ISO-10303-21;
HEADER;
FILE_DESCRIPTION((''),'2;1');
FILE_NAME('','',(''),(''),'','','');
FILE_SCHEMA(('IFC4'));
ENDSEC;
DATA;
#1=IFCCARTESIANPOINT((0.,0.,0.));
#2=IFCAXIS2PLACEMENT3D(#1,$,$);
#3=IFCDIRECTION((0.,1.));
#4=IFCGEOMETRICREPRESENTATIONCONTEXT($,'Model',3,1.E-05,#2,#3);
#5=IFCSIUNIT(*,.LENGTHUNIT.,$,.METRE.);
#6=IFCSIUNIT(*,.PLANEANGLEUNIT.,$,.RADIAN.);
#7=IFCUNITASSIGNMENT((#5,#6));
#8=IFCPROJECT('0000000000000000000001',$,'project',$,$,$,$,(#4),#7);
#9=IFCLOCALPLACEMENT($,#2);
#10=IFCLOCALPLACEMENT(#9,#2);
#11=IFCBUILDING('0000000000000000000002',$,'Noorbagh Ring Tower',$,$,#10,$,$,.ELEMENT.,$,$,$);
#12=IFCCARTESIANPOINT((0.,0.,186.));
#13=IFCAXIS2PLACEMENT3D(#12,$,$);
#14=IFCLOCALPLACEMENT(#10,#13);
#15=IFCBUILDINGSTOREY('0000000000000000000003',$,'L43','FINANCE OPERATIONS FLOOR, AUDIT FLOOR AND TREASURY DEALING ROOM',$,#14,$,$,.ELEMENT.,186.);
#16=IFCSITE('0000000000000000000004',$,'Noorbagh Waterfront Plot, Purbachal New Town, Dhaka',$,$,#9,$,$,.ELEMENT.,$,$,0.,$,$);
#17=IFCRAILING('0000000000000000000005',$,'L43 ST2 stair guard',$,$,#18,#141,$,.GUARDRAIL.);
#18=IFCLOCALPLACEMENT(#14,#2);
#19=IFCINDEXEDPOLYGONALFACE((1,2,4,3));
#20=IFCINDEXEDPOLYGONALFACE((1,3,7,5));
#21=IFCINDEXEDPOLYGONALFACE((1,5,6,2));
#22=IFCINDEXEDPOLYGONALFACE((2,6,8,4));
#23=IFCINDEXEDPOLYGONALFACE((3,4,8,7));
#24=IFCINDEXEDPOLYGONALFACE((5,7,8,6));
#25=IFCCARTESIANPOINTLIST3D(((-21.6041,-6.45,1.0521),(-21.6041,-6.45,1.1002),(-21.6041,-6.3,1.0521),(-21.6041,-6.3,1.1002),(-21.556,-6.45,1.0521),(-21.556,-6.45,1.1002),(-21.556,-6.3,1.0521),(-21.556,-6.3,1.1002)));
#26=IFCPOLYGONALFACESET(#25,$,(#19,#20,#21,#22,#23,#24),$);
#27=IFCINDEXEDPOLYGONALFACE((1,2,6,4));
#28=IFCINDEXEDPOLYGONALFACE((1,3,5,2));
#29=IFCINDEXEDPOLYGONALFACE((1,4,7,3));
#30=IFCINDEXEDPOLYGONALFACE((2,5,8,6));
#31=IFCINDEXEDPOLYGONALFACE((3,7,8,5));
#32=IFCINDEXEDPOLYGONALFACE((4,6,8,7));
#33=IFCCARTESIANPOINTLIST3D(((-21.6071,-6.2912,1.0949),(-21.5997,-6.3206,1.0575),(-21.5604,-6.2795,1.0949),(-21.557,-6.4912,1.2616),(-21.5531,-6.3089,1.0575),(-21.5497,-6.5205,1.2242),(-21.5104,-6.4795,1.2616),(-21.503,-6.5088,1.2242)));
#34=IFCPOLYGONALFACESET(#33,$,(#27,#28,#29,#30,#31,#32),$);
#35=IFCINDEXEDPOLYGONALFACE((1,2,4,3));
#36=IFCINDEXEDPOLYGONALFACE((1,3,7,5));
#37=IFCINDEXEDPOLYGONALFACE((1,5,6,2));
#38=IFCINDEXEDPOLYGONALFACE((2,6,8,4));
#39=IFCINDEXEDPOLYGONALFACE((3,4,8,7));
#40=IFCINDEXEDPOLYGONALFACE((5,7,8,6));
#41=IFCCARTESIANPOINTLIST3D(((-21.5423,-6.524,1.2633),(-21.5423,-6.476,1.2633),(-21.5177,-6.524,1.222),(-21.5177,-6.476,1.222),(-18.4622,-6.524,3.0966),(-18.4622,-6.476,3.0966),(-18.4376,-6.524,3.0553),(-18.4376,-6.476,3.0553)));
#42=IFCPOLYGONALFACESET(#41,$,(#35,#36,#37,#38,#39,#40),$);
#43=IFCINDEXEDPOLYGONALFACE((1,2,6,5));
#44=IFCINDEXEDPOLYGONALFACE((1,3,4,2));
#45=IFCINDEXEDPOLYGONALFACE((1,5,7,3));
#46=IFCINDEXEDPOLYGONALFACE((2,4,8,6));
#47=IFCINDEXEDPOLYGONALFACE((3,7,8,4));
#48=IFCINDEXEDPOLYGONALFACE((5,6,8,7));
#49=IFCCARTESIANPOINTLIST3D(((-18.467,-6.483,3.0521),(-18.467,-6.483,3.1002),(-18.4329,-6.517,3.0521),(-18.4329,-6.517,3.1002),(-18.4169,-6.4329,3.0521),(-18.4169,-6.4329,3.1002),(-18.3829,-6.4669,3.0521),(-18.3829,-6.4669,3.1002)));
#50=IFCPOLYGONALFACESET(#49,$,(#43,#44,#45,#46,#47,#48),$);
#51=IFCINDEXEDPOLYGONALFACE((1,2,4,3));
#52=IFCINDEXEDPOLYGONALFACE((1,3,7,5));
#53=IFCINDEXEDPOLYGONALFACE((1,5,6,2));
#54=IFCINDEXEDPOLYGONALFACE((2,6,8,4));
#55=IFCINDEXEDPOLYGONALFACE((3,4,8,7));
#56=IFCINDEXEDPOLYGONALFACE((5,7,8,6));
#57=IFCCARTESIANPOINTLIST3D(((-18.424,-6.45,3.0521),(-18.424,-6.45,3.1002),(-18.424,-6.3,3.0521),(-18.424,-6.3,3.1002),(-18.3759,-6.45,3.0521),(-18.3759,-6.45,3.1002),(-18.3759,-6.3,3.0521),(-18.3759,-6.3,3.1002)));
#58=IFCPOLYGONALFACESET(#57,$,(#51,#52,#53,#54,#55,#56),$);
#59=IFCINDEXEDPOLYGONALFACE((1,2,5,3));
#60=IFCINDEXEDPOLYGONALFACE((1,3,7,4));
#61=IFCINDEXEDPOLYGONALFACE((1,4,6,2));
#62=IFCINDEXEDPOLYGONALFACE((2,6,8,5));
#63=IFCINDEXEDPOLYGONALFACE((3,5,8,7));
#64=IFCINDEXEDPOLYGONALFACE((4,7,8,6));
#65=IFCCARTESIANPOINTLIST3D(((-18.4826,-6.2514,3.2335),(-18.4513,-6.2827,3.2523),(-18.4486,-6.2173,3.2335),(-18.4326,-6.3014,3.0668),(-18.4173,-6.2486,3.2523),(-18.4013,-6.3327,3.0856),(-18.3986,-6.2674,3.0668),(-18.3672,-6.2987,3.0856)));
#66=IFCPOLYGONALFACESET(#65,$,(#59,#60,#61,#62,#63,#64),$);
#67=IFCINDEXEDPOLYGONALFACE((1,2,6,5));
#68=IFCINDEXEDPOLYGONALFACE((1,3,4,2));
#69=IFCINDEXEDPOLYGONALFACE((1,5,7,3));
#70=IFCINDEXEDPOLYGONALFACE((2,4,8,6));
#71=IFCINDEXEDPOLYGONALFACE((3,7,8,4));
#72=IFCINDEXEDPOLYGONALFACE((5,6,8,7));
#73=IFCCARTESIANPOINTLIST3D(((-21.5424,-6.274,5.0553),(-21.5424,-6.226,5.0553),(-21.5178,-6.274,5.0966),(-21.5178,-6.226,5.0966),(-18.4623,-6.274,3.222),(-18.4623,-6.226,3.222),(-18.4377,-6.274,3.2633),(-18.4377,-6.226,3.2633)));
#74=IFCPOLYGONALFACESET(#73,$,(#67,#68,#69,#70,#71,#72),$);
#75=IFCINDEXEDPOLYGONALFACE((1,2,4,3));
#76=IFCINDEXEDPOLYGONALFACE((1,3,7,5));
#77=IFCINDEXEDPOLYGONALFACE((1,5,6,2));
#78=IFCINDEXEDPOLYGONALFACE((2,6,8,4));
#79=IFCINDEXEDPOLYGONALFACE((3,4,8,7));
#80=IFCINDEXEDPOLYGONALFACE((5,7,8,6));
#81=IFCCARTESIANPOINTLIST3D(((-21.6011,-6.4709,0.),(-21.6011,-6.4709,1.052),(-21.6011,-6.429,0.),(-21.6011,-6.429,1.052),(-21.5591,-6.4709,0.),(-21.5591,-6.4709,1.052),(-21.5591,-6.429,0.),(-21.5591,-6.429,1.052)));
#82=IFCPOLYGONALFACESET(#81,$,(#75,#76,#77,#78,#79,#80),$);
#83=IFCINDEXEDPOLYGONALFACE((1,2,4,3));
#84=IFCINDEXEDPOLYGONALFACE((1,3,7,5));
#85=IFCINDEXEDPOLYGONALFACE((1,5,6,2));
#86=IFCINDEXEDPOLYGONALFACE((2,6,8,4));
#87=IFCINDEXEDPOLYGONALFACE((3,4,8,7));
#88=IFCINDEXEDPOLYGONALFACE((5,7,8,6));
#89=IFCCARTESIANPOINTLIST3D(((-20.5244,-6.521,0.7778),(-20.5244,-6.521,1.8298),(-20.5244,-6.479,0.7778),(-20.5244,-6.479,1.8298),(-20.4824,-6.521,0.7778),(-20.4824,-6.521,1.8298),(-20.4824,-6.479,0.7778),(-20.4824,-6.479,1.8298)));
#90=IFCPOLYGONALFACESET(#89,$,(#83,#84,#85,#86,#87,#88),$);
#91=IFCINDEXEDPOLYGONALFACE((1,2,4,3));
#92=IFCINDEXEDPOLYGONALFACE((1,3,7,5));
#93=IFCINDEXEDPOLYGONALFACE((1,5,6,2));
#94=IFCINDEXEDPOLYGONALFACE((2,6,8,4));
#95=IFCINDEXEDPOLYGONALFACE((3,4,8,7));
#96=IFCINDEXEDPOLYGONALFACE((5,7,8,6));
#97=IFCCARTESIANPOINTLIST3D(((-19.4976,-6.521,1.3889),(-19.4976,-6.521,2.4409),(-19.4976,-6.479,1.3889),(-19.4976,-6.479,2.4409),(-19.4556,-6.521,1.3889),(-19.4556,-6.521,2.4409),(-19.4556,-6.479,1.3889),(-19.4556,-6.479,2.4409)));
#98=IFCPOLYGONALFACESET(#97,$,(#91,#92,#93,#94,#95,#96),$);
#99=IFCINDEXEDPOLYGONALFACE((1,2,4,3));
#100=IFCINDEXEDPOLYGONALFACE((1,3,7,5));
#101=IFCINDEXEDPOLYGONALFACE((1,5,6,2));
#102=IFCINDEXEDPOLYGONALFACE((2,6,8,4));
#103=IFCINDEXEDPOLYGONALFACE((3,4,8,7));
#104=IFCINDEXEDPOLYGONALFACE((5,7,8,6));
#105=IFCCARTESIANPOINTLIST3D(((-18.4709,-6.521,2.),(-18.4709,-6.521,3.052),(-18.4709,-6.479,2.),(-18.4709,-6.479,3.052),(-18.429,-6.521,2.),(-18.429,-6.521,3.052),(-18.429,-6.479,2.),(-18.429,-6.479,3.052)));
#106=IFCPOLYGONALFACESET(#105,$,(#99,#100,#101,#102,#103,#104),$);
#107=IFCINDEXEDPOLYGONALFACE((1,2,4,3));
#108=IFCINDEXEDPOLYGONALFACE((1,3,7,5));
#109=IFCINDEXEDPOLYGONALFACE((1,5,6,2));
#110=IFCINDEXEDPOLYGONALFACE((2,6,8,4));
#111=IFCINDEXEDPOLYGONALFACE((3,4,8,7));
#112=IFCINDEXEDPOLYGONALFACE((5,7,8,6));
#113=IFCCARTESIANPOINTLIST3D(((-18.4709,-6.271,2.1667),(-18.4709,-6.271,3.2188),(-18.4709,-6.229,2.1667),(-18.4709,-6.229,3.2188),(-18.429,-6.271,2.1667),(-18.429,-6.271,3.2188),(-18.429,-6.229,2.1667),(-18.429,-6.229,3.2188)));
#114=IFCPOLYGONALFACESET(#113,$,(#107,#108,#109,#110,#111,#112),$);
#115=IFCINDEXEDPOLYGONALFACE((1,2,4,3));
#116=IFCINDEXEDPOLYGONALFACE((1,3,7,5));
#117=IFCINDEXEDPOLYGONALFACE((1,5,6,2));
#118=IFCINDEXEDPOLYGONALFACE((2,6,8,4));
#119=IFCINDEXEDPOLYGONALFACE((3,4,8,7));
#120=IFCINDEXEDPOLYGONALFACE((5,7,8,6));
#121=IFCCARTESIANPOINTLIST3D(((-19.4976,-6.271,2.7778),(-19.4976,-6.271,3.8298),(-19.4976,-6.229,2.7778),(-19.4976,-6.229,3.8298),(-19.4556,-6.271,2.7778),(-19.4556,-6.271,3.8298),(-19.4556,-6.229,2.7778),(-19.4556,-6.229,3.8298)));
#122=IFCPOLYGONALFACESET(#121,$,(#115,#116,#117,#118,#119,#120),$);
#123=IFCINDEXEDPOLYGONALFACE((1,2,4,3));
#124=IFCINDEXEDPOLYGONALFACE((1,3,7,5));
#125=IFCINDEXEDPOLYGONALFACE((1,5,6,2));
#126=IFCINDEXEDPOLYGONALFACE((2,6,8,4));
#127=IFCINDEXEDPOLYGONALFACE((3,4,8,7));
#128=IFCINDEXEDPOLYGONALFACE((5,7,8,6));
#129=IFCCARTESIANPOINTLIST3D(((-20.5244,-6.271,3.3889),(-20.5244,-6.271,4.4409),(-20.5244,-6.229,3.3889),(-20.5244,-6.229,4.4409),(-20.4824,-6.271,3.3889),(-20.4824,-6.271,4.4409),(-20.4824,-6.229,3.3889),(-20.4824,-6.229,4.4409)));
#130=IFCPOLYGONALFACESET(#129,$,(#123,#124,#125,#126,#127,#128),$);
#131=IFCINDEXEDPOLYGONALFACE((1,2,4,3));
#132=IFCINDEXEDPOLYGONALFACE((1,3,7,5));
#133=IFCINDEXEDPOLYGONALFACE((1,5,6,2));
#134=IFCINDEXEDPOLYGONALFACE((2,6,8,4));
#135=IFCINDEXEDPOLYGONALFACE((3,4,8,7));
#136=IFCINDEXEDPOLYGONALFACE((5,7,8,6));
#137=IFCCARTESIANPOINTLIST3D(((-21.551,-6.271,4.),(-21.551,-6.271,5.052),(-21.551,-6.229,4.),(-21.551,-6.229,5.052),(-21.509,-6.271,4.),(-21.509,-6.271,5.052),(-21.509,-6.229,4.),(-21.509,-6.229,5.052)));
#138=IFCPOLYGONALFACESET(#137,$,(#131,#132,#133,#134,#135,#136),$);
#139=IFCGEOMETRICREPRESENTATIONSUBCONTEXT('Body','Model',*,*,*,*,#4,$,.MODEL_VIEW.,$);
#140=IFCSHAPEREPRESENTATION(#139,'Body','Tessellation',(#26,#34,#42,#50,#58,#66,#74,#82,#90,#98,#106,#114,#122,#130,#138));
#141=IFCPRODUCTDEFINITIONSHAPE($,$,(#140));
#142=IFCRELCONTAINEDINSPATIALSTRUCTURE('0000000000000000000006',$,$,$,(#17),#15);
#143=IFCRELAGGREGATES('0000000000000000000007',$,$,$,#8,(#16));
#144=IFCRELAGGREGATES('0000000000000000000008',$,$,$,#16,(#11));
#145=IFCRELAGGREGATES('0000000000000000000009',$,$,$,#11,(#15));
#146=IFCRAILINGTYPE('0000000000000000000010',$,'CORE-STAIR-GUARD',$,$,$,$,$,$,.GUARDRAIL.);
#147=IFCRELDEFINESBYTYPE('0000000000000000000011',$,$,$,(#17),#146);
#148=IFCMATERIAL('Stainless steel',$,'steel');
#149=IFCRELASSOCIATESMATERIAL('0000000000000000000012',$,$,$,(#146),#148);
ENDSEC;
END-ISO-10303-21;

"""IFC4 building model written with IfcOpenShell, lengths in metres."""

from ifc_helpers import new_model, si_unit, direction, frame, origin, origin_2d, place, context, subcontext, project, spatial, rectangle, extrude, material, type_object, element, save


model = new_model("IFC4")

# Units and contexts
model_context = context("Model", 3, precision=1e-05, world=origin(), true_north=direction((0.0, 1.0)))
body_context = subcontext(model_context, "Body", "Model", "MODEL_VIEW")
ifc_project = project(units=[si_unit("LENGTHUNIT", "METRE"), si_unit("PLANEANGLEUNIT", "RADIAN")], contexts=[model_context])

# Site, building, storey
site_placement = place(None, origin())
site = spatial("IfcSite", under=ifc_project, at=site_placement, Name="Noorbagh Waterfront Plot, Purbachal New Town, Dhaka", CompositionType="ELEMENT", RefElevation=0.0)
building_placement = place(site_placement, origin())
building = spatial("IfcBuilding", under=site, at=building_placement, Name="Noorbagh Ring Tower", CompositionType="ELEMENT")
storey_placement = place(building_placement, frame((0.0, 0.0, 186.0)))
storey = spatial("IfcBuildingStorey", under=building, at=storey_placement, Name="L43", Description="FINANCE OPERATIONS FLOOR, AUDIT FLOOR AND TREASURY DEALING ROOM", CompositionType="ELEMENT", Elevation=186.0)

# Railing
ifc_material_1 = material(Name="Stainless steel", Category="steel")
railing_type_1 = type_object("IfcRailingType", Name="CORE-STAIR-GUARD", PredefinedType="GUARDRAIL", material=ifc_material_1)
railing_1_placement = place(storey_placement, frame((-21.5801, -6.45, 0.0)))
element("IfcRailing", 1, at=railing_1_placement, inside=storey, type_object=railing_type_1, Name="L43 ST2 stair guard", PredefinedType="GUARDRAIL", context=body_context, shape_type="SweptSolid", body=[
    extrude(rectangle(XDim=0.0481, YDim=0.0481, at=origin_2d()), frame((0.0, 0.0, 1.0762), z_axis=(0.0, 1.0, 0.0), x_axis=(-1.0, 0.0, 0.0)), (0.0, 0.0, 1.0), 0.1499),
    extrude(rectangle(XDim=0.0481, YDim=0.0481, at=origin_2d()), frame((0.0, 0.1499, 1.0762), z_axis=(0.188776, -0.754182, 0.628946), x_axis=(0.970073, 0.242814, 0.0)), (0.0, 0.0, 1.0), 0.2651),
    extrude(rectangle(XDim=0.0481, YDim=0.0481, at=origin_2d()), frame((0.05, -0.05, 1.2427), z_axis=(0.859309, 0.0, 0.511458), x_axis=(0.0, 1.0, 0.0)), (0.0, 0.0, 1.0), 3.5845),
    extrude(rectangle(XDim=0.0481, YDim=0.0481, at=origin_2d()), frame((3.1301, -0.05, 3.0762), z_axis=(0.707107, 0.707107, 0.0), x_axis=(-0.707107, 0.707107, 0.0)), (0.0, 0.0, 1.0), 0.0708),
    extrude(rectangle(XDim=0.0481, YDim=0.0481, at=origin_2d()), frame((3.1802, 0.0, 3.0762), z_axis=(0.0, 1.0, 0.0), x_axis=(-1.0, 0.0, 0.0)), (0.0, 0.0, 1.0), 0.1499),
    extrude(rectangle(XDim=0.0481, YDim=0.0481, at=origin_2d()), frame((3.1802, 0.1499, 3.0762), z_axis=(-0.276287, 0.276287, 0.920506), x_axis=(-0.707107, -0.707107, 0.0)), (0.0, 0.0, 1.0), 0.1812),
    extrude(rectangle(XDim=0.0481, YDim=0.0481, at=origin_2d()), frame((3.1301, 0.2, 3.2427), z_axis=(-0.859309, 0.0, 0.511458), x_axis=(0.0, -1.0, 0.0)), (0.0, 0.0, 1.0), 3.5845),
    extrude(rectangle(XDim=0.042, YDim=0.042, at=origin_2d()), origin(), (0.0, 0.0, 1.0), 1.052),
    extrude(rectangle(XDim=0.042, YDim=0.042, at=origin_2d()), frame((1.0767, -0.05, 0.7778)), (0.0, 0.0, 1.0), 1.052),
    extrude(rectangle(XDim=0.042, YDim=0.042, at=origin_2d()), frame((2.1035, -0.05, 1.3889)), (0.0, 0.0, 1.0), 1.052),
    extrude(rectangle(XDim=0.042, YDim=0.042, at=origin_2d()), frame((3.1301, -0.05, 2.0)), (0.0, 0.0, 1.0), 1.052),
    extrude(rectangle(XDim=0.042, YDim=0.042, at=origin_2d()), frame((3.1301, 0.2, 2.1667)), (0.0, 0.0, 1.0), 1.052),
    extrude(rectangle(XDim=0.042, YDim=0.042, at=origin_2d()), frame((2.1035, 0.2, 2.7778)), (0.0, 0.0, 1.0), 1.052),
    extrude(rectangle(XDim=0.042, YDim=0.042, at=origin_2d()), frame((1.0767, 0.2, 3.3889)), (0.0, 0.0, 1.0), 1.052),
    extrude(rectangle(XDim=0.042, YDim=0.042, at=origin_2d()), frame((0.05, 0.2, 4.0)), (0.0, 0.0, 1.0), 1.052),
])

save(model, "model.ifc")
